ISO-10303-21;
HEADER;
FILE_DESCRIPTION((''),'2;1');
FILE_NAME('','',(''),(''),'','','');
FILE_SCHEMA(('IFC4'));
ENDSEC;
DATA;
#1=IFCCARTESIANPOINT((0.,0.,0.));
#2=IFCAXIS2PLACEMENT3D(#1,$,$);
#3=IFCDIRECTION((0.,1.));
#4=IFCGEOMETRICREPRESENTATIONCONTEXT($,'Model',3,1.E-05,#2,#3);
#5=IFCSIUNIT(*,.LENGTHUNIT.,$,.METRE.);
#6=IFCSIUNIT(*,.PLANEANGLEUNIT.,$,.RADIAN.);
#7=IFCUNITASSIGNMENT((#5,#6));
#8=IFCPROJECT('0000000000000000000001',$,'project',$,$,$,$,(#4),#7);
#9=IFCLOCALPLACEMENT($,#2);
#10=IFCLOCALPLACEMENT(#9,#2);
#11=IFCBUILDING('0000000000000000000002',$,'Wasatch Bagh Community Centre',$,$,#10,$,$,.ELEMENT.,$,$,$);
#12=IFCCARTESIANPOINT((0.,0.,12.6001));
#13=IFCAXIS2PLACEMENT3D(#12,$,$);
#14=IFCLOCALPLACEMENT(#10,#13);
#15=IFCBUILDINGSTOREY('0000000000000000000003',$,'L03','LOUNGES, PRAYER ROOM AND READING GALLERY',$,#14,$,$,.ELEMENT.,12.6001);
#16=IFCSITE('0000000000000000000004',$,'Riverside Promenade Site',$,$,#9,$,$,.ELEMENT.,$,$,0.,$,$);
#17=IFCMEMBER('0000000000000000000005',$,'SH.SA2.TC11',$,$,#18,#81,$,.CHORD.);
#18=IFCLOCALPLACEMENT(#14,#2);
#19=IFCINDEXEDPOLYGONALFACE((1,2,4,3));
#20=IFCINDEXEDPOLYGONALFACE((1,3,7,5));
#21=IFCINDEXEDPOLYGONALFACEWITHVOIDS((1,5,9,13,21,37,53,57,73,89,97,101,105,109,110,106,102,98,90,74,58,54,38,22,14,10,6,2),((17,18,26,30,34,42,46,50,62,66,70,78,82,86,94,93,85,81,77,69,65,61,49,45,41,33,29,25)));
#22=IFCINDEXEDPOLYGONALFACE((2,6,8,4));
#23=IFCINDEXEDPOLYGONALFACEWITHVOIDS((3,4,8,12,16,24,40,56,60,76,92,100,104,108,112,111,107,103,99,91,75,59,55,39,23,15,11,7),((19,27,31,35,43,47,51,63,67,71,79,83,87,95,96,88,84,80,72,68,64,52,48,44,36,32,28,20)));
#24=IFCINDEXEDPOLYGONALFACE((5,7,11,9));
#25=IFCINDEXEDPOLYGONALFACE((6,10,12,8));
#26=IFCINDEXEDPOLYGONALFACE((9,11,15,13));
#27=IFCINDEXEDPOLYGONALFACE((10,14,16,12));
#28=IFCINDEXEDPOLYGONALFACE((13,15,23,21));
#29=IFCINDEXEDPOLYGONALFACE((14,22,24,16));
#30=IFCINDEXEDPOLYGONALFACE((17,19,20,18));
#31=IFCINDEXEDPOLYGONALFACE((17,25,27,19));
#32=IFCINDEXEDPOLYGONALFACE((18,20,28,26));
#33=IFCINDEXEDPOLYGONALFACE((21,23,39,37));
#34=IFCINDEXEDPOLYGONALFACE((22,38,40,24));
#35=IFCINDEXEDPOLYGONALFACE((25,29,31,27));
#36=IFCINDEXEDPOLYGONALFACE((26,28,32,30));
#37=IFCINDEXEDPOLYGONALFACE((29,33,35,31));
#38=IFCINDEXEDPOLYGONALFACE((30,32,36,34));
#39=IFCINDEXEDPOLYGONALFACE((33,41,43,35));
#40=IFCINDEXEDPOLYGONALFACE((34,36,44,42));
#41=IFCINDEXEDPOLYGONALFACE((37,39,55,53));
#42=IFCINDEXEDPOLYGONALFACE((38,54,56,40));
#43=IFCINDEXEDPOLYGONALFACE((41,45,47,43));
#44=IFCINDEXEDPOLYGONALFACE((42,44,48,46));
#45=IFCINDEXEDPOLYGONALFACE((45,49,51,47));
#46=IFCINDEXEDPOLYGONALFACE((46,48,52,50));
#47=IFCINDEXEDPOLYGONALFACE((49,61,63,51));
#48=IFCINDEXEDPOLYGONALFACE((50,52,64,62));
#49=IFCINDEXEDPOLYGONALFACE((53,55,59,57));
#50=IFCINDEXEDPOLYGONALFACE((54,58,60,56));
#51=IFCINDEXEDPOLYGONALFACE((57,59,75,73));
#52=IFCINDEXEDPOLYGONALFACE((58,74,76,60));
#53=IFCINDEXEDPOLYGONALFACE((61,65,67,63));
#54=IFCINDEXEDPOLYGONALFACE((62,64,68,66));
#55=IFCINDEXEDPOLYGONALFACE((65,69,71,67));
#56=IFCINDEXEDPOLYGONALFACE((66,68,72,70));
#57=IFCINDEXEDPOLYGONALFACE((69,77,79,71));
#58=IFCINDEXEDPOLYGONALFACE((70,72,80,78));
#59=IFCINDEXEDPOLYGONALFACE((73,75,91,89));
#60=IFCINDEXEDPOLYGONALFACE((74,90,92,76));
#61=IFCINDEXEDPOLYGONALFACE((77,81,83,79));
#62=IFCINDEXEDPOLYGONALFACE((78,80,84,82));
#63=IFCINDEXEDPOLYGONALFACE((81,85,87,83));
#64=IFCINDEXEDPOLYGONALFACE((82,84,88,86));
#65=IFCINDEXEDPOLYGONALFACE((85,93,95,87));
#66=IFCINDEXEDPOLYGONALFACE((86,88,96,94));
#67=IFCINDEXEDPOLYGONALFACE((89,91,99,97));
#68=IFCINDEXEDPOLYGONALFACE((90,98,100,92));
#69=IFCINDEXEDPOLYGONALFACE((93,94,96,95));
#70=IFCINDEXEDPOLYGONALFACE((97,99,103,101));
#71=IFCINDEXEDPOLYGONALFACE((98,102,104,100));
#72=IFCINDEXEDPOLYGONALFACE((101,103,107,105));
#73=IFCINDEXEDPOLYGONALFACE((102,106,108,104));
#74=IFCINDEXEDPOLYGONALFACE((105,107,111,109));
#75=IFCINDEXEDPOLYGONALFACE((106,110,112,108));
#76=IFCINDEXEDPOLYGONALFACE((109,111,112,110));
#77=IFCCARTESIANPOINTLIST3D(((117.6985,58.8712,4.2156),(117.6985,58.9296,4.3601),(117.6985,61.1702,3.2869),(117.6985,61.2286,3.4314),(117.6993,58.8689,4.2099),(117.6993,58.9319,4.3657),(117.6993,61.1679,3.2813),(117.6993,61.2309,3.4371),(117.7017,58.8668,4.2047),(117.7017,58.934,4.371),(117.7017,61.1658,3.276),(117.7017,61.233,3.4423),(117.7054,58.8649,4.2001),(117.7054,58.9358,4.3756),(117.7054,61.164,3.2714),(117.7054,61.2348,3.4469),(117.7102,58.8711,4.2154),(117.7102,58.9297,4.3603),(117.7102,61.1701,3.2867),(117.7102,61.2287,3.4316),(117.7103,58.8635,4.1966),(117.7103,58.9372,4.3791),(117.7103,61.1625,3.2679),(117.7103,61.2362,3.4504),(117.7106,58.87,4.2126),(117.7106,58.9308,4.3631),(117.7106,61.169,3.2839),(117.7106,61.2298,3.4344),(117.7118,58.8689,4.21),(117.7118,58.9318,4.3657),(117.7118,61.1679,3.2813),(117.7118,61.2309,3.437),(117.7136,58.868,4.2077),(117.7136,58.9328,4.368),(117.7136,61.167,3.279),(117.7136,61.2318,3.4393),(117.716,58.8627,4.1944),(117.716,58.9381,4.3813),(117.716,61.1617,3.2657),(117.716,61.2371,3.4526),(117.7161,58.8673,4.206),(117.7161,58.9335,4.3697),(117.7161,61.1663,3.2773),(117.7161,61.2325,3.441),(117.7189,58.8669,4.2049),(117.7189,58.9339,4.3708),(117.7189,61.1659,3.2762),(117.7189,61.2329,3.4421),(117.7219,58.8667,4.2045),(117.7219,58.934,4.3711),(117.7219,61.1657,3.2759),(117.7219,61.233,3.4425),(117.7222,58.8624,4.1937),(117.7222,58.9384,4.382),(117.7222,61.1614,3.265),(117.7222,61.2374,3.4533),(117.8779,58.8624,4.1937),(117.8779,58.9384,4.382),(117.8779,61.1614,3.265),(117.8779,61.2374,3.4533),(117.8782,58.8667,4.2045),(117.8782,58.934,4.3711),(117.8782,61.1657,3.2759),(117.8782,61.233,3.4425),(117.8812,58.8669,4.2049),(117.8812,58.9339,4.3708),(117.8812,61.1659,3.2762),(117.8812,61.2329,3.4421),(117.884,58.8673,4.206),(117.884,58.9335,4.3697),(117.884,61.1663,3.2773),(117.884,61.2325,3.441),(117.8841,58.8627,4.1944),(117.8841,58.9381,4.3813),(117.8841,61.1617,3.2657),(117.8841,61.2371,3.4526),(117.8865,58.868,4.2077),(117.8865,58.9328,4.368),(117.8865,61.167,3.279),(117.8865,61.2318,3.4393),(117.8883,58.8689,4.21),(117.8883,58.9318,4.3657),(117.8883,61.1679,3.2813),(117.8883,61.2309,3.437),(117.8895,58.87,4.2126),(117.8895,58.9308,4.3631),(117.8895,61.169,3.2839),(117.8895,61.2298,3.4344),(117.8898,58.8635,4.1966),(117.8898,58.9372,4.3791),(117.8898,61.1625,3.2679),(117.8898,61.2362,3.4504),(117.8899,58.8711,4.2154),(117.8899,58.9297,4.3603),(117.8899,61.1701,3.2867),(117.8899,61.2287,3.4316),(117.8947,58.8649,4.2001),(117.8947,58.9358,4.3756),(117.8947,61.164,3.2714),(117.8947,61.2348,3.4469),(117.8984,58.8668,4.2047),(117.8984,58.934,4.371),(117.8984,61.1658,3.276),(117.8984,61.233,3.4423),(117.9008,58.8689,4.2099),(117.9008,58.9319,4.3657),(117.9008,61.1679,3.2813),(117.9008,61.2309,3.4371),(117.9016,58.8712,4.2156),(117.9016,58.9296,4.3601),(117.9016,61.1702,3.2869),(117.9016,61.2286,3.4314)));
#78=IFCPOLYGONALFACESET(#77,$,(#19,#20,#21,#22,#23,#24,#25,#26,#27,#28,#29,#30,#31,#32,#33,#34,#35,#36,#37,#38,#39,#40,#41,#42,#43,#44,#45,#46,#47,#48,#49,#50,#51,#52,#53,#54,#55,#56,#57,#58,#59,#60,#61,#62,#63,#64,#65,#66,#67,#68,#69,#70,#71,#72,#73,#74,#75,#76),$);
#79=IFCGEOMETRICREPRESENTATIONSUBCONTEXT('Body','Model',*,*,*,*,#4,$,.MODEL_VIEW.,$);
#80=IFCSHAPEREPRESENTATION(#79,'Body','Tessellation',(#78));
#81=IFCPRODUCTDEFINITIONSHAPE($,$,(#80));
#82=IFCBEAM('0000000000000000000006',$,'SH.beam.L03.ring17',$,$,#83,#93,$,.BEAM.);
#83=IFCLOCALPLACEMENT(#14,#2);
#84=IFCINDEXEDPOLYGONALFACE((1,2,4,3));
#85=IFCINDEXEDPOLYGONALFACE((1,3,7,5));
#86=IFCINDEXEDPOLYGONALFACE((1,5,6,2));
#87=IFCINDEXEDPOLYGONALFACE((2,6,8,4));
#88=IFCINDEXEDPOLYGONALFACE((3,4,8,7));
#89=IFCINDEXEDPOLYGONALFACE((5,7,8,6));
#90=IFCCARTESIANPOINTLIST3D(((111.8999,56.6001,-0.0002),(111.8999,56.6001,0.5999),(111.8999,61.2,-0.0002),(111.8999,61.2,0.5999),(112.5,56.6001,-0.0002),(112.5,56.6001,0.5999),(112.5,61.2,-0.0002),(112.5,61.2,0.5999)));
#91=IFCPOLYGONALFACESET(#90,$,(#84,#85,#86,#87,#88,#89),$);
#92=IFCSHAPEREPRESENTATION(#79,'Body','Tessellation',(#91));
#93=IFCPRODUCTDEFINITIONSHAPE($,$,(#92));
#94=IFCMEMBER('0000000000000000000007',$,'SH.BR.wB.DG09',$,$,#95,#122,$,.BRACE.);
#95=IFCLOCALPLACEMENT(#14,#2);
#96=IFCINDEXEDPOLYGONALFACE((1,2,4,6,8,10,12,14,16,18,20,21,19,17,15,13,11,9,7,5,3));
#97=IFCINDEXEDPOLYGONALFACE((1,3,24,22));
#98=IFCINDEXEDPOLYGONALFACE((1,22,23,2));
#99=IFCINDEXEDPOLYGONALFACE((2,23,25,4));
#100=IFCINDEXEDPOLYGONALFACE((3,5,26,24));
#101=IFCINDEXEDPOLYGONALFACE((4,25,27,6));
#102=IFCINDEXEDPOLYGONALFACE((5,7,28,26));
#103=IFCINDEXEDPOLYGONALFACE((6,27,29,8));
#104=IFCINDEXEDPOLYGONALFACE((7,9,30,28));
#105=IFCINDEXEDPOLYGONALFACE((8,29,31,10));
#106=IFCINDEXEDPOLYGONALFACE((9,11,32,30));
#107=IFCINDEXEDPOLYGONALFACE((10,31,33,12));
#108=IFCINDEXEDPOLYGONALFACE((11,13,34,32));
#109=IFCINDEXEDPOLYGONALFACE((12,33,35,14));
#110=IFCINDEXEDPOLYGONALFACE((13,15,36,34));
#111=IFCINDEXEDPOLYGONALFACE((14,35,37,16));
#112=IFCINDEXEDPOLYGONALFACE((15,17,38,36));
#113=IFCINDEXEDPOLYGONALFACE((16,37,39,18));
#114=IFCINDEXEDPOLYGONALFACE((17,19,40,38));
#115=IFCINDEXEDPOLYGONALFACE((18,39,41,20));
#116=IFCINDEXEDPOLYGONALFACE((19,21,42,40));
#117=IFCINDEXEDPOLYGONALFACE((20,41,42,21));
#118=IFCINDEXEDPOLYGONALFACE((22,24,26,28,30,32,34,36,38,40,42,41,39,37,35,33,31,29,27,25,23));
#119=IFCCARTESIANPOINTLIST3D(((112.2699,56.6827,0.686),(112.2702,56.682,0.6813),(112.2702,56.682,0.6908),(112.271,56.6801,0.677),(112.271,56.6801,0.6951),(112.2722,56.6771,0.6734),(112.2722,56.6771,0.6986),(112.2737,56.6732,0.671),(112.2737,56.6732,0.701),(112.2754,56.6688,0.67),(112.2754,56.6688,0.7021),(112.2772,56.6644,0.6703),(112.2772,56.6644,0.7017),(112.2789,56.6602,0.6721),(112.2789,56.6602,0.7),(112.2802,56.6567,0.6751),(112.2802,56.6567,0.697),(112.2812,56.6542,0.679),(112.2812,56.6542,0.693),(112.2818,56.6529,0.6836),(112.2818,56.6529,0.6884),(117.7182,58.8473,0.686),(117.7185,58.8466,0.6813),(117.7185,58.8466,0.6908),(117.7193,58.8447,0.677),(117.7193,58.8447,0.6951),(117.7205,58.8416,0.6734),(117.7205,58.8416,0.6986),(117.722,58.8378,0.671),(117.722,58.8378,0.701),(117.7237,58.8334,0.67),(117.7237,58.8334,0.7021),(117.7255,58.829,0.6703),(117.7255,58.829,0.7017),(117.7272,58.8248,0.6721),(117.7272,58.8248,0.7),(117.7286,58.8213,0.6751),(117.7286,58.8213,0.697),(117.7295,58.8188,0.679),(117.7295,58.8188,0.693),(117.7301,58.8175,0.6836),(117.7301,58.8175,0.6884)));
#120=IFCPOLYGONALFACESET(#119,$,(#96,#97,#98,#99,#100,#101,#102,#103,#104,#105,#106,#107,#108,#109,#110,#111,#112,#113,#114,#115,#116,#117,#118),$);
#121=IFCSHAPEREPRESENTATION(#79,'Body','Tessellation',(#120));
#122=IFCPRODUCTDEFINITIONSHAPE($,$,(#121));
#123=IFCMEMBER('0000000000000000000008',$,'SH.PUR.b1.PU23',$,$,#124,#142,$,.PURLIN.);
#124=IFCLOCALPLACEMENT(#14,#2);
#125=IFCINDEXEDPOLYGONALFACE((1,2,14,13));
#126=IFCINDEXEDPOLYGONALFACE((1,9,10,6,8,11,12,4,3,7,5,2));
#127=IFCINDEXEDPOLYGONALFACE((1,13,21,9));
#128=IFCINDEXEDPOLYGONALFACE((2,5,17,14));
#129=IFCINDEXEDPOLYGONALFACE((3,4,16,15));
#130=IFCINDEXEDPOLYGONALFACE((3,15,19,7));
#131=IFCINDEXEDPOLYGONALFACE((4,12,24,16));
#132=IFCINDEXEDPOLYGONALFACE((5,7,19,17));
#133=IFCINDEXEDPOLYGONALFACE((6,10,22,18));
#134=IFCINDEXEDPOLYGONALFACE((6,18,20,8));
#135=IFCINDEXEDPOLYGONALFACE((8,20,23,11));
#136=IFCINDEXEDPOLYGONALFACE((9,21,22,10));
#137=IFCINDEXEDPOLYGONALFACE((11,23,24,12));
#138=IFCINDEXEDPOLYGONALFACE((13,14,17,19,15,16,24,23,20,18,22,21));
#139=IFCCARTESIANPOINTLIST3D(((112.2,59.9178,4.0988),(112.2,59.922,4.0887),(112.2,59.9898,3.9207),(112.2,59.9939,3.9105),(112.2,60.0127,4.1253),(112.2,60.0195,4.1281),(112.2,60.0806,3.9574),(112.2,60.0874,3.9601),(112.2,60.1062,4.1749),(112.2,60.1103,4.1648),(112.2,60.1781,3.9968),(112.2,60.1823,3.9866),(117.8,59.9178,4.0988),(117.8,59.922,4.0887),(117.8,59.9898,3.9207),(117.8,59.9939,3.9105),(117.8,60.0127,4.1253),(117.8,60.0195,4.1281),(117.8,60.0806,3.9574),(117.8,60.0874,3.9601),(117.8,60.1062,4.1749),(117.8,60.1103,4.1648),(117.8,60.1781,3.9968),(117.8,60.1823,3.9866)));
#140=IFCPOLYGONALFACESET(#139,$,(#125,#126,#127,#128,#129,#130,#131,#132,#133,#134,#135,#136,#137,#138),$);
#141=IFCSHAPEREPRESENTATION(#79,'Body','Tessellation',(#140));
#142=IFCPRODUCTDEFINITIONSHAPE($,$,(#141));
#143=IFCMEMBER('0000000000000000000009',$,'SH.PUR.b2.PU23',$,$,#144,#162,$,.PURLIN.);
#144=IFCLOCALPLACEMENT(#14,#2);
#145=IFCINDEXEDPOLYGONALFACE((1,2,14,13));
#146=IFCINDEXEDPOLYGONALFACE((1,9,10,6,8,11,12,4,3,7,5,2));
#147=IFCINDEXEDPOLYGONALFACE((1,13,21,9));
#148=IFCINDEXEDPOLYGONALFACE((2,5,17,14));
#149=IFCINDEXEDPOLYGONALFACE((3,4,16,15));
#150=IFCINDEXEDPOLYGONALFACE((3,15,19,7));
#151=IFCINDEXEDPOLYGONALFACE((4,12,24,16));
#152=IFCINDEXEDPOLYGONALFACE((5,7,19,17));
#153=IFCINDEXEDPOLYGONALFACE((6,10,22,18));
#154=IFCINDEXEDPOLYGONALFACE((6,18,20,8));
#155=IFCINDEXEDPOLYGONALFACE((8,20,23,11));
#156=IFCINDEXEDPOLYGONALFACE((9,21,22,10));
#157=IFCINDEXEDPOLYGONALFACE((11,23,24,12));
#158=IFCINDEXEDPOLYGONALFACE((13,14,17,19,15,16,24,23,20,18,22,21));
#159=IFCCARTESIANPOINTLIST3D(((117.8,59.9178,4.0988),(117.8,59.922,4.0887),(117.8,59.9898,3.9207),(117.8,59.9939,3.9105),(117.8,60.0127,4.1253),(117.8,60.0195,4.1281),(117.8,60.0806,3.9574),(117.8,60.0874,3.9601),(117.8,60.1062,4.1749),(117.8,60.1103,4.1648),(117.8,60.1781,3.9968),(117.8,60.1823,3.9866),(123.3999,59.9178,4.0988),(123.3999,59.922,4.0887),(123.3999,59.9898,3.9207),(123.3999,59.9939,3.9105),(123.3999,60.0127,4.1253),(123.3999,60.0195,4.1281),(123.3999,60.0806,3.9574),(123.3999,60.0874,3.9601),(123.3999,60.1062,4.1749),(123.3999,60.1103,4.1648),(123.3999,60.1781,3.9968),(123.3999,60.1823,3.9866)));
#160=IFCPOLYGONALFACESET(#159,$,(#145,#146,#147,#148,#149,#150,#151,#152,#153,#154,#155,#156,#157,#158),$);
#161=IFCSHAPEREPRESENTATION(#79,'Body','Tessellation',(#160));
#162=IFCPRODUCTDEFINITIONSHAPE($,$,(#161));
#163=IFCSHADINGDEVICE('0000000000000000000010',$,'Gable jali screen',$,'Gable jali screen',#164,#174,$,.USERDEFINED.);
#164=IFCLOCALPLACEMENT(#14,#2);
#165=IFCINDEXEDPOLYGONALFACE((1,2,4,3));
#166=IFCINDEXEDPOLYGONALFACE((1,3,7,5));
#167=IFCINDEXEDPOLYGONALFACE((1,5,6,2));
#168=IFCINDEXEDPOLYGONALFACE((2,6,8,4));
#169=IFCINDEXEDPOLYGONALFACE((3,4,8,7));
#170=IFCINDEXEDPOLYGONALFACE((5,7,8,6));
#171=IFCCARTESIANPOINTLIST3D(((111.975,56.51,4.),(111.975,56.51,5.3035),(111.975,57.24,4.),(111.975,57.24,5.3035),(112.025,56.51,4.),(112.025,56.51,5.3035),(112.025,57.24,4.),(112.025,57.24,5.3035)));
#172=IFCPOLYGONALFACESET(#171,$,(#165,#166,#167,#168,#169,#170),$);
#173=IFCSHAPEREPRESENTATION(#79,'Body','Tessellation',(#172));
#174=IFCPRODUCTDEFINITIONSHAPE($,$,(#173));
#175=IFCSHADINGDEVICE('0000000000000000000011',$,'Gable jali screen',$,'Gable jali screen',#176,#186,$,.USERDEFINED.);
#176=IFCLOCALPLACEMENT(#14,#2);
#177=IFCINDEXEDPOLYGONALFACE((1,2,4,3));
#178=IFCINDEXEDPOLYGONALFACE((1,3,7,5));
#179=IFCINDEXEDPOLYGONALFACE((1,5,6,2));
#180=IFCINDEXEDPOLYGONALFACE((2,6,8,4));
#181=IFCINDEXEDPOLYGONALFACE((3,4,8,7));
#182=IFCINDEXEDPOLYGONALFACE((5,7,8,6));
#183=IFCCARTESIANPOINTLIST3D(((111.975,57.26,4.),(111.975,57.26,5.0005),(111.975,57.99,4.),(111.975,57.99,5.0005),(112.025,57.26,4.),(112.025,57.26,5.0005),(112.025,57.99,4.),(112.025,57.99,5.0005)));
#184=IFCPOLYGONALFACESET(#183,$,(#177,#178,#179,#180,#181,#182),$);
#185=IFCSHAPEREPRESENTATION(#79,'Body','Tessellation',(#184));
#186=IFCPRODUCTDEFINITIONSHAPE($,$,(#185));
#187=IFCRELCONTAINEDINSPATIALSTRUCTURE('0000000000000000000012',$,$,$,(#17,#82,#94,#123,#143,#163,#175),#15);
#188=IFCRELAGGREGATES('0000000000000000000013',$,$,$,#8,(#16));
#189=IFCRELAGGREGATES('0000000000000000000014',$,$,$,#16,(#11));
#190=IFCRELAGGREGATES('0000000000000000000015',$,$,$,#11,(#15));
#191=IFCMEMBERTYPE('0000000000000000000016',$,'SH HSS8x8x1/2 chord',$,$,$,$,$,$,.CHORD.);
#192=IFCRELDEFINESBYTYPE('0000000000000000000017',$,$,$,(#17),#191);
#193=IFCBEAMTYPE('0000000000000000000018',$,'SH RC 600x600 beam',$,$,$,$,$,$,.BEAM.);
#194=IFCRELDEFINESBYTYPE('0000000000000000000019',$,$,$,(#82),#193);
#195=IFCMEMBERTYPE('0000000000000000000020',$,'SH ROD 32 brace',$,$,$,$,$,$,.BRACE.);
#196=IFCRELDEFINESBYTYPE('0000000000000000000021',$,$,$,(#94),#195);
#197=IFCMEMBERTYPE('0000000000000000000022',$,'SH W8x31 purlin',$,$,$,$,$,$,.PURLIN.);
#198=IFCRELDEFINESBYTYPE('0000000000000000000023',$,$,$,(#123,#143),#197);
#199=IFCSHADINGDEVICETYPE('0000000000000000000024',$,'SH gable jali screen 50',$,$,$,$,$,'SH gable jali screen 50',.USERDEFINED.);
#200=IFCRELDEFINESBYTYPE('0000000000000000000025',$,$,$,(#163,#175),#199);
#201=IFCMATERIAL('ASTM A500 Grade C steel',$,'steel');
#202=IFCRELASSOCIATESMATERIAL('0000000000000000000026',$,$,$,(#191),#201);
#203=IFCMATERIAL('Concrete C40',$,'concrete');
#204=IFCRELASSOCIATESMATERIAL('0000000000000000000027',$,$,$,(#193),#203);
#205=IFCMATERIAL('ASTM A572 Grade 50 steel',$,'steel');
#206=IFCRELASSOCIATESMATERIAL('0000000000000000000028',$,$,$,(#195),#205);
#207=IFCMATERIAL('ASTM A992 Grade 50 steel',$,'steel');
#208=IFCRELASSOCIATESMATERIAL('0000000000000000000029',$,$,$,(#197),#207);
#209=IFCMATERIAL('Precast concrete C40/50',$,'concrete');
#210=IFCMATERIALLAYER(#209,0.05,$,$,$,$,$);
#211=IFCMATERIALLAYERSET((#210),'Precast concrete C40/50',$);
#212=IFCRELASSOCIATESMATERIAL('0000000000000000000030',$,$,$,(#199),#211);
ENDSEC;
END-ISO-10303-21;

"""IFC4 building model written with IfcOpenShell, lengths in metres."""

from ifc_helpers import new_model, si_unit, direction, frame, origin, origin_2d, place, context, subcontext, project, spatial, rectangle, hollow_rectangle, circle, i_section, extrude, material, layer, layer_set, material_profile, profile_set, type_object, element, save


model = new_model("IFC4")

# Units and contexts
model_context = context("Model", 3, precision=1e-05, world=origin(), true_north=direction((0.0, 1.0)))
body_context = subcontext(model_context, "Body", "Model", "MODEL_VIEW")
ifc_project = project(units=[si_unit("LENGTHUNIT", "METRE"), si_unit("PLANEANGLEUNIT", "RADIAN")], contexts=[model_context])

# Site, building, storey
site_placement = place(None, origin())
site = spatial("IfcSite", under=ifc_project, at=site_placement, Name="Riverside Promenade Site", CompositionType="ELEMENT", RefElevation=0.0)
building_placement = place(site_placement, origin())
building = spatial("IfcBuilding", under=site, at=building_placement, Name="Wasatch Bagh Community Centre", CompositionType="ELEMENT")
storey_placement = place(building_placement, frame((0.0, 0.0, 12.6001)))
storey = spatial("IfcBuildingStorey", under=building, at=storey_placement, Name="L03", Description="LOUNGES, PRAYER ROOM AND READING GALLERY", CompositionType="ELEMENT", Elevation=12.6001)

# Member
ifc_material_1 = material(Name="ASTM A500 Grade C steel", Category="steel")
ifc_material_profile_1 = material_profile(ifc_material_1, hollow_rectangle(XDim=0.2031, YDim=0.2031, WallThickness=0.0117, InnerFilletRadius=0.0117, OuterFilletRadius=0.0237, at=origin_2d()), Name="HSS8x8x1/2")
ifc_profile_set_1 = profile_set([ifc_material_profile_1], Name="ASTM A500 Grade C steel")
member_type_1 = type_object("IfcMemberType", Name="SH HSS8x8x1/2 chord", PredefinedType="CHORD", material=ifc_profile_set_1)
for number, where, z_axis, x_axis, name in (
    (1, (117.8, 58.9004, 4.2878), (0.0, 0.927208, -0.374546), (-1.0, 0.0, 0.0), "SH.SA2.TC11"),
):
    element("IfcMember", number, at=place(storey_placement, frame(where, z_axis=z_axis, x_axis=x_axis)), inside=storey, type_object=member_type_1, Name=name, PredefinedType="CHORD", context=body_context, shape_type="SweptSolid", body=[
        extrude(hollow_rectangle(XDim=0.2031, YDim=0.2031, WallThickness=0.0117, InnerFilletRadius=0.0117, OuterFilletRadius=0.0237, at=origin_2d()), origin(), (0.0, 0.0, 1.0), 2.4795),
    ])

# Beam
ifc_material_2 = material(Name="Concrete C40", Category="concrete")
ifc_material_profile_2 = material_profile(ifc_material_2, rectangle(XDim=0.6001, YDim=0.6001, at=origin_2d()), Name="RC 600x600")
ifc_profile_set_2 = profile_set([ifc_material_profile_2], Name="Concrete C40")
beam_type = type_object("IfcBeamType", Name="SH RC 600x600 beam", PredefinedType="BEAM", material=ifc_profile_set_2)
beam_placement = place(storey_placement, frame((112.2, 56.6001, 0.2998), z_axis=(0.0, 1.0, 0.0), x_axis=(-1.0, 0.0, 0.0)))
element("IfcBeam", 2, at=beam_placement, inside=storey, type_object=beam_type, Name="SH.beam.L03.ring17", PredefinedType="BEAM", context=body_context, shape_type="SweptSolid", body=[
    extrude(rectangle(XDim=0.6001, YDim=0.6001, at=origin_2d()), origin(), (0.0, 0.0, 1.0), 4.5999),
])

# Members
ifc_material_3 = material(Name="ASTM A572 Grade 50 steel", Category="steel")
ifc_material_profile_3 = material_profile(ifc_material_3, circle(Radius=0.0161, at=origin_2d()), Name="ROD 32")
ifc_profile_set_3 = profile_set([ifc_material_profile_3], Name="ASTM A572 Grade 50 steel")
member_type_2 = type_object("IfcMemberType", Name="SH ROD 32 brace", PredefinedType="BRACE", material=ifc_profile_set_3)
member_1_placement = place(storey_placement, frame((112.2759, 56.6677, 0.686), z_axis=(0.929342, 0.369221, 0.0), x_axis=(-0.369221, 0.929342, 0.0)))
element("IfcMember", 3, at=member_1_placement, inside=storey, type_object=member_type_2, Name="SH.BR.wB.DG09", PredefinedType="BRACE", context=body_context, shape_type="SweptSolid", body=[
    extrude(circle(Radius=0.0161, at=origin_2d()), origin(), (0.0, 0.0, 1.0), 5.8625),
])
ifc_material_4 = material(Name="ASTM A992 Grade 50 steel", Category="steel")
ifc_material_profile_4 = material_profile(ifc_material_4, i_section(OverallWidth=0.2031, OverallDepth=0.2031, WebThickness=0.0073, FlangeThickness=0.011, at=origin_2d()), Name="W8x31")
ifc_profile_set_4 = profile_set([ifc_material_profile_4], Name="ASTM A992 Grade 50 steel")
member_type_3 = type_object("IfcMemberType", Name="SH W8x31 purlin", PredefinedType="PURLIN", material=ifc_profile_set_4)
member_2_placement = place(storey_placement, frame((112.2, 60.05, 4.0427), z_axis=(1.0, 0.0, 0.0), x_axis=(0.0, 0.927184, 0.374607)))
element("IfcMember", 4, at=member_2_placement, inside=storey, type_object=member_type_3, Name="SH.PUR.b1.PU23", PredefinedType="PURLIN", context=body_context, shape_type="SweptSolid", body=[
    extrude(i_section(OverallWidth=0.2031, OverallDepth=0.2031, WebThickness=0.0073, FlangeThickness=0.011, at=origin_2d()), origin(), (0.0, 0.0, 1.0), 5.6001),
])
member_3_placement = place(storey_placement, frame((117.8, 60.05, 4.0427), z_axis=(1.0, 0.0, 0.0), x_axis=(0.0, 0.927184, 0.374607)))
element("IfcMember", 5, at=member_3_placement, inside=storey, type_object=member_type_3, Name="SH.PUR.b2.PU23", PredefinedType="PURLIN", context=body_context, shape_type="SweptSolid", body=[
    extrude(i_section(OverallWidth=0.2031, OverallDepth=0.2031, WebThickness=0.0073, FlangeThickness=0.011, at=origin_2d()), origin(), (0.0, 0.0, 1.0), 5.5999),
])

# Shading devices
ifc_material_5 = material(Name="Precast concrete C40/50", Category="concrete")
ifc_layer = layer(ifc_material_5, 0.05)
ifc_layer_set = layer_set([ifc_layer], Name="Precast concrete C40/50")
shading_device_type = type_object("IfcShadingDeviceType", Name="SH gable jali screen 50", ElementType="SH gable jali screen 50", PredefinedType="USERDEFINED", material=ifc_layer_set)
shading_device_1_placement = place(storey_placement, frame((112.0, 56.875, 4.0), z_axis=(0.0, 0.0, 1.0), x_axis=(1.0, 0.0, 0.0)))
element("IfcShadingDevice", 6, at=shading_device_1_placement, inside=storey, type_object=shading_device_type, Name="Gable jali screen", ObjectType="Gable jali screen", PredefinedType="USERDEFINED", context=body_context, shape_type="SweptSolid", body=[
    extrude(rectangle(XDim=0.05, YDim=0.73, at=origin_2d()), origin(), (0.0, 0.0, 1.0), 1.3035),
])
shading_device_2_placement = place(storey_placement, frame((112.0, 57.625, 4.0), z_axis=(0.0, 0.0, 1.0), x_axis=(1.0, 0.0, 0.0)))
element("IfcShadingDevice", 7, at=shading_device_2_placement, inside=storey, type_object=shading_device_type, Name="Gable jali screen", ObjectType="Gable jali screen", PredefinedType="USERDEFINED", context=body_context, shape_type="SweptSolid", body=[
    extrude(rectangle(XDim=0.05, YDim=0.73, at=origin_2d()), origin(), (0.0, 0.0, 1.0), 1.0005),
])

save(model, "model.ifc")
